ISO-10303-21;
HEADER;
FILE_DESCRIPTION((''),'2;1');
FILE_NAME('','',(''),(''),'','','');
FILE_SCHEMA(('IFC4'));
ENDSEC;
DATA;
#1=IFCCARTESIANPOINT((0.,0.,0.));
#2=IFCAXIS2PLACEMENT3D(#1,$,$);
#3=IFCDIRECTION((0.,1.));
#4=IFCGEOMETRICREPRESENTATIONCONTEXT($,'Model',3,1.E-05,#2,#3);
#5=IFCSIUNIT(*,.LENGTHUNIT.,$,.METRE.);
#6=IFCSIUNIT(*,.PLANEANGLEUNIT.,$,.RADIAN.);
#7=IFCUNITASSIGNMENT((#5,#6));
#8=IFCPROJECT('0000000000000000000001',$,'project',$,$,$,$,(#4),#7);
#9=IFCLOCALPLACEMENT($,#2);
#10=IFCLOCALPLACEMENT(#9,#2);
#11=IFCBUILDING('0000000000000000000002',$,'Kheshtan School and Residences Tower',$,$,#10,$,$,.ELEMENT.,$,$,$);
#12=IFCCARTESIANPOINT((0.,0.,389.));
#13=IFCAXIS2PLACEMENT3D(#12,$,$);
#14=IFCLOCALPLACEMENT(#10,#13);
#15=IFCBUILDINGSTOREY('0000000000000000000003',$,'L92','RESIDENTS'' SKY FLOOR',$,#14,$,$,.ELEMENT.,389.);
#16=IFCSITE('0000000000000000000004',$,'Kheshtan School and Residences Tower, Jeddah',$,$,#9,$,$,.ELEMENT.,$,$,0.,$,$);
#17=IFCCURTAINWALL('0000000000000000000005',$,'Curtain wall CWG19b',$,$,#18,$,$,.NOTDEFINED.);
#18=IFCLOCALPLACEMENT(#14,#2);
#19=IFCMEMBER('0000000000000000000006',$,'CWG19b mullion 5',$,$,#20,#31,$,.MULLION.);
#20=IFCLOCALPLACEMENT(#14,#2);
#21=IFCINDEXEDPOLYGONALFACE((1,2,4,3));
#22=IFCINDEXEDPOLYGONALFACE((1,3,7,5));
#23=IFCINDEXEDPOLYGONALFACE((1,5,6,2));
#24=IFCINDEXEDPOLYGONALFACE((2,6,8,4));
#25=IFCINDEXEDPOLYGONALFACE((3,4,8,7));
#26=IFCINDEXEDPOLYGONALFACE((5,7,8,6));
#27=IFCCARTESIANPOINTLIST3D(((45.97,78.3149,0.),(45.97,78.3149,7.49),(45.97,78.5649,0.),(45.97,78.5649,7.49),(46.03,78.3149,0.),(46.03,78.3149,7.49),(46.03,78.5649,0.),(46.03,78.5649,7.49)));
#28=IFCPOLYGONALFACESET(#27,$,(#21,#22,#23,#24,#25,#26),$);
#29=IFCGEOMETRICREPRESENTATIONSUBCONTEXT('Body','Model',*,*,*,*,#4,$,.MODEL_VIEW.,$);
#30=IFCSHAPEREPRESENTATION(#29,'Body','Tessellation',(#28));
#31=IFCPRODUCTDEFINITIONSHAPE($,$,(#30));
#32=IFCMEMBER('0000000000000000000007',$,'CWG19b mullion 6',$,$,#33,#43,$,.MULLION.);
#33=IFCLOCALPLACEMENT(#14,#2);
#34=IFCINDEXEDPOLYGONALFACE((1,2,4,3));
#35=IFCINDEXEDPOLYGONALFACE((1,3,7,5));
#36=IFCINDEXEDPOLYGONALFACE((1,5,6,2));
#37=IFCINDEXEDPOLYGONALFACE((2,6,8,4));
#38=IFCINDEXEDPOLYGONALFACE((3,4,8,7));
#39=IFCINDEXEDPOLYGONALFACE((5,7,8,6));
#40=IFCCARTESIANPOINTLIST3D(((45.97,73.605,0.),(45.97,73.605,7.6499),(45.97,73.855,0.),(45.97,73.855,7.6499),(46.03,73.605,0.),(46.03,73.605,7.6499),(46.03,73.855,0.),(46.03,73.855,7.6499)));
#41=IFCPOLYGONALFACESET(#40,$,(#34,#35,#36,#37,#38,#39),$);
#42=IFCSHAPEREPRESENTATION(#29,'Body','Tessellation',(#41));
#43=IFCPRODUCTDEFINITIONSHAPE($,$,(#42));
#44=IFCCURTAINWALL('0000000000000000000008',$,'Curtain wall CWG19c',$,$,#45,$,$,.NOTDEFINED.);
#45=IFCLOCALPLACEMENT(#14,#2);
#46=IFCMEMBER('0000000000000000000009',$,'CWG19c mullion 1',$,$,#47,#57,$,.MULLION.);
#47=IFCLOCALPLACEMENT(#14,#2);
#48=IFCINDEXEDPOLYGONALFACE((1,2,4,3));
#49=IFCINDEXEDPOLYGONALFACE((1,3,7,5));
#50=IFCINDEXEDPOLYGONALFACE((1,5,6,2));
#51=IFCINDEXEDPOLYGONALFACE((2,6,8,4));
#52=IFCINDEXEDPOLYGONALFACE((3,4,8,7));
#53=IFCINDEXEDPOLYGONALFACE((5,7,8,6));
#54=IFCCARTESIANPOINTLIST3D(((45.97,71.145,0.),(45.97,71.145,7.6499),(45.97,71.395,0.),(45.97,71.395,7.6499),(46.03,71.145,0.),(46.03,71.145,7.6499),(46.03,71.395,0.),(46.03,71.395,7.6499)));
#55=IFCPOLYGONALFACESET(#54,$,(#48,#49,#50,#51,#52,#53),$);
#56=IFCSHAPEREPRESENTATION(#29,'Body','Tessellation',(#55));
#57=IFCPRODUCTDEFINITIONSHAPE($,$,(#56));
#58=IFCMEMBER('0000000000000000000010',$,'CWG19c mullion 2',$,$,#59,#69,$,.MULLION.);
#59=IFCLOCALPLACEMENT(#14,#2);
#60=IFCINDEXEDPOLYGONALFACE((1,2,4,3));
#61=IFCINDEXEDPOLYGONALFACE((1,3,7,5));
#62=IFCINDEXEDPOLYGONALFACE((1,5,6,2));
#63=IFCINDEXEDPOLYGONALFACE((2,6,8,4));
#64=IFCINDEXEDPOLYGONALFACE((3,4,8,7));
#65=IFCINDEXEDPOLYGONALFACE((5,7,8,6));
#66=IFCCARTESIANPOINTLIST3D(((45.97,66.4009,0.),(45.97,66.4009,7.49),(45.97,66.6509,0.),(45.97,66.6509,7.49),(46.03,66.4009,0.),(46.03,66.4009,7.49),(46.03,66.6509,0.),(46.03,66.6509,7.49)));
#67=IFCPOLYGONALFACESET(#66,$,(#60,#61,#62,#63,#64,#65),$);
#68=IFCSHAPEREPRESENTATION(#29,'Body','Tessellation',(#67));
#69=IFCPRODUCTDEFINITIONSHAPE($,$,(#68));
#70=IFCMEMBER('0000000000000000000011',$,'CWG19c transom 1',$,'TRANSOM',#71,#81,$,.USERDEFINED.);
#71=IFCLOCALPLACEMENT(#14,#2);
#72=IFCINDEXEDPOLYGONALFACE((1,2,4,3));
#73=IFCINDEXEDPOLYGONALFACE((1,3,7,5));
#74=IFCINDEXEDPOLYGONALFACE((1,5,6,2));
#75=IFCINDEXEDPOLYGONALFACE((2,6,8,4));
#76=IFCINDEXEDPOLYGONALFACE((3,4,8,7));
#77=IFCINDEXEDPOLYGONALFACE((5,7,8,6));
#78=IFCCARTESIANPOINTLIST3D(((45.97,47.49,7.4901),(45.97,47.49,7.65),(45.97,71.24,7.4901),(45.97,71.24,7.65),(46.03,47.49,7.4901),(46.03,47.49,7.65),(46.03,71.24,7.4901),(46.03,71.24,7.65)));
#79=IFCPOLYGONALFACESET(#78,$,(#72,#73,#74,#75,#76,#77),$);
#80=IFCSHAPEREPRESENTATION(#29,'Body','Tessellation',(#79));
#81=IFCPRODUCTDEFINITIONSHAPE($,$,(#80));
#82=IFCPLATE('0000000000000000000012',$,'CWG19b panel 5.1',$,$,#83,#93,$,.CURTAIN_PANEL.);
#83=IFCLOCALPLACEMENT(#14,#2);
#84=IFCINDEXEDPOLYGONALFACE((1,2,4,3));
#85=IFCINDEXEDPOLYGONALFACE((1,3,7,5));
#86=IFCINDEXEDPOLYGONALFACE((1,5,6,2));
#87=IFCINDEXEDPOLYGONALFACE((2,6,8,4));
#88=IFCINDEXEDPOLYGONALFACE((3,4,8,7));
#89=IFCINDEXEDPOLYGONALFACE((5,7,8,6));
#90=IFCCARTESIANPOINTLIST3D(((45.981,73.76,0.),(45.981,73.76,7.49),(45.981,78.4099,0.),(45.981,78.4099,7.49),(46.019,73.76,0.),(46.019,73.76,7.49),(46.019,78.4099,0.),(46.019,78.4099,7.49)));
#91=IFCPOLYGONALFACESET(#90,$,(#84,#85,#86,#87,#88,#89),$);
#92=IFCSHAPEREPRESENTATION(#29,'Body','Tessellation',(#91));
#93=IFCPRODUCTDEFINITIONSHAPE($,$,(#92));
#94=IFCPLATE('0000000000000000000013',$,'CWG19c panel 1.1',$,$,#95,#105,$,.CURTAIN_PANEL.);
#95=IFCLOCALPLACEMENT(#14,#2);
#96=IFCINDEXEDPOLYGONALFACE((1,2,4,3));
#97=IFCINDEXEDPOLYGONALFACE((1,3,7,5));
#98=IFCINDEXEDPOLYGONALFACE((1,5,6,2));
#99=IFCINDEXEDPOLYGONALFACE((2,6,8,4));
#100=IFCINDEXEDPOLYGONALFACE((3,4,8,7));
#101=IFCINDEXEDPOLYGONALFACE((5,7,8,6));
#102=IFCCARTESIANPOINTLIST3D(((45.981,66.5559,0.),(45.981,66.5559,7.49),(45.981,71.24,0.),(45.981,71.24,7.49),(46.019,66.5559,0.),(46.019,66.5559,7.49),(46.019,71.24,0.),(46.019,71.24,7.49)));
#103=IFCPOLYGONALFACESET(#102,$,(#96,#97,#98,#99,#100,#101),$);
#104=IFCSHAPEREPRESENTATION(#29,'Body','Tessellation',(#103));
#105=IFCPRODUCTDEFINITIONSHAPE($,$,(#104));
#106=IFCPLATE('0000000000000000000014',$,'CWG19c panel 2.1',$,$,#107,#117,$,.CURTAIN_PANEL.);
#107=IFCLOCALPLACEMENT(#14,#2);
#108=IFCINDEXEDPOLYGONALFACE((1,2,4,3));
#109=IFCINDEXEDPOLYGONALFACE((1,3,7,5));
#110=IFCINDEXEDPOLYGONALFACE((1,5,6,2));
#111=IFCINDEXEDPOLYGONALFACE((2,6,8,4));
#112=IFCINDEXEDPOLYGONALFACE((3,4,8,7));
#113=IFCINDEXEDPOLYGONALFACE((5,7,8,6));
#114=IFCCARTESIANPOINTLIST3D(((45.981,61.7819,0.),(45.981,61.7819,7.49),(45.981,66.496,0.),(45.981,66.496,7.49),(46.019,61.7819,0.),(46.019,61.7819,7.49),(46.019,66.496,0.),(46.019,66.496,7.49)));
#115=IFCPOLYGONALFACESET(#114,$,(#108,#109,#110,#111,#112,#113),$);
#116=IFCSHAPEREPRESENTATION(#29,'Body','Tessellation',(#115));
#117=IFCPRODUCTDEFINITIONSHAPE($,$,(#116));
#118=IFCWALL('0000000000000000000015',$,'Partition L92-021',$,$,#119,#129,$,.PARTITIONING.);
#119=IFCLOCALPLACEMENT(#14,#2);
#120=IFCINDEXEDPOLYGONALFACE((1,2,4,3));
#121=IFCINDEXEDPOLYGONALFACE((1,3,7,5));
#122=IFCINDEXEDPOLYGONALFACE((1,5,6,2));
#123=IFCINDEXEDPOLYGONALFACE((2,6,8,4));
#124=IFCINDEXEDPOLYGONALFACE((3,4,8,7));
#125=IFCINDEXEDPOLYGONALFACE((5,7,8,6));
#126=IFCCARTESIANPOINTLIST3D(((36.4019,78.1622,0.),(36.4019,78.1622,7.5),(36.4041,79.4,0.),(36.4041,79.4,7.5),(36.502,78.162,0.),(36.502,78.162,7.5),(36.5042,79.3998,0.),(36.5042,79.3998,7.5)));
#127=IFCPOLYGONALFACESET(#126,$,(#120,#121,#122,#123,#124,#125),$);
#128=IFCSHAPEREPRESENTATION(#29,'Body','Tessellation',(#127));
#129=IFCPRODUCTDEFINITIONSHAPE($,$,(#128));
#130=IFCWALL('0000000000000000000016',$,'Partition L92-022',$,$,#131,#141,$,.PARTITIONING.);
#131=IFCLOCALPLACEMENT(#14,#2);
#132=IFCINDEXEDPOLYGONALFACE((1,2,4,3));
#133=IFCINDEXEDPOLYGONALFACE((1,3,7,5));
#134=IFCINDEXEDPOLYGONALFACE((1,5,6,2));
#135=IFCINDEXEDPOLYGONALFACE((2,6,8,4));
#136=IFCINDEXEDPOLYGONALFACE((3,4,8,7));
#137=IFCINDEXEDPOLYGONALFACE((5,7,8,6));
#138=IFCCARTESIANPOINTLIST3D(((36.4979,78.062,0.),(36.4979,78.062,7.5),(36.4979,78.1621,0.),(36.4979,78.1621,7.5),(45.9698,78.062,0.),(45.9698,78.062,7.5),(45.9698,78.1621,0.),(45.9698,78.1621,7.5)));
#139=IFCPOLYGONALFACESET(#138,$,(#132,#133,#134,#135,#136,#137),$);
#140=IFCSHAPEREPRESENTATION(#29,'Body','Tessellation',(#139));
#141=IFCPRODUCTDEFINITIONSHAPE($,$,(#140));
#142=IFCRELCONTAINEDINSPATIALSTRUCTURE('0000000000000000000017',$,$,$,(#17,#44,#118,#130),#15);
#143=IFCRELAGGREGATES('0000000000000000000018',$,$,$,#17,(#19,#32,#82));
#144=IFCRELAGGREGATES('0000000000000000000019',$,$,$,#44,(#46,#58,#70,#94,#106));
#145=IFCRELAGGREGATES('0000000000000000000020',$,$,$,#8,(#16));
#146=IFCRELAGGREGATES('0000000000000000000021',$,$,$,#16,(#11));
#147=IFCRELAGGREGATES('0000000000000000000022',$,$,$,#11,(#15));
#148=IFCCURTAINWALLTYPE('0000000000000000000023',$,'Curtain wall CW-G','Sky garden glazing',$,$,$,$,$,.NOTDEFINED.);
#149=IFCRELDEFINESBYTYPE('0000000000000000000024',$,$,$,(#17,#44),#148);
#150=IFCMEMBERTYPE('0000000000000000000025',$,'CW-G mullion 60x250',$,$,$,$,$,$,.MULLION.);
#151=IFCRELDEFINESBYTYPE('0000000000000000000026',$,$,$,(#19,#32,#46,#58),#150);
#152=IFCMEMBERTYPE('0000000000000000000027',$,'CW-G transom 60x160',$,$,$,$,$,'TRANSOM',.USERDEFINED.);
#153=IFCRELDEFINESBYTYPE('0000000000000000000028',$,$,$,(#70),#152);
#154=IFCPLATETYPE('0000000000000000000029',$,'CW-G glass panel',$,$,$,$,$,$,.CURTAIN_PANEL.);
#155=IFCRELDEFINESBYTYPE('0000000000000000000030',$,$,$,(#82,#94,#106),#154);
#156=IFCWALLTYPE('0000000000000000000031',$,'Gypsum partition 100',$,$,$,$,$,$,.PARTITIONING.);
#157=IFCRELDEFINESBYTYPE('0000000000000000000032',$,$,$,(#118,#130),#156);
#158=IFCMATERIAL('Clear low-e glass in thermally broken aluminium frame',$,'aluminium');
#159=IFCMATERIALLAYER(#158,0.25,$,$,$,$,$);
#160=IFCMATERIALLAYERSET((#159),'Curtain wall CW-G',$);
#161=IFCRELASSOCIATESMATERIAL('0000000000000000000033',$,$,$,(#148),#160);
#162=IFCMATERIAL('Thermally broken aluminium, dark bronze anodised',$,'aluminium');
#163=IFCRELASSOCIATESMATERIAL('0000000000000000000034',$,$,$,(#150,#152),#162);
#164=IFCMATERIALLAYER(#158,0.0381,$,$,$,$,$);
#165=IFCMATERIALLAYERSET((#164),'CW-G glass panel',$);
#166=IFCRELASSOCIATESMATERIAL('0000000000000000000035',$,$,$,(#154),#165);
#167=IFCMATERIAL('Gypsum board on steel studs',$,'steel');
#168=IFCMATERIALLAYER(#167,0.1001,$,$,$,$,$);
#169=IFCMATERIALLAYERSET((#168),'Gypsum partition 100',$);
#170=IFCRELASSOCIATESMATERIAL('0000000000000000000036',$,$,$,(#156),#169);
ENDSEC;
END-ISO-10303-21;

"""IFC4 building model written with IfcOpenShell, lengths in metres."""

from ifc_helpers import new_model, si_unit, direction, frame, frame_2d, origin, origin_2d, place, context, subcontext, project, spatial, rectangle, extrude, material, layer, layer_set, material_profile, profile_set, type_object, element, aggregate, save


model = new_model("IFC4")

# Units and contexts
model_context = context("Model", 3, precision=1e-05, world=origin(), true_north=direction((0.0, 1.0)))
body_context = subcontext(model_context, "Body", "Model", "MODEL_VIEW")
ifc_project = project(units=[si_unit("LENGTHUNIT", "METRE"), si_unit("PLANEANGLEUNIT", "RADIAN")], contexts=[model_context])

# Site, building, storey
site_placement = place(None, origin())
site = spatial("IfcSite", under=ifc_project, at=site_placement, Name="Kheshtan School and Residences Tower, Jeddah", CompositionType="ELEMENT", RefElevation=0.0)
building_placement = place(site_placement, origin())
building = spatial("IfcBuilding", under=site, at=building_placement, Name="Kheshtan School and Residences Tower", CompositionType="ELEMENT")
storey_placement = place(building_placement, frame((0.0, 0.0, 389.0)))
storey = spatial("IfcBuildingStorey", under=building, at=storey_placement, Name="L92", Description="RESIDENTS' SKY FLOOR", CompositionType="ELEMENT", Elevation=389.0)

# Curtain walls, members
ifc_material_1 = material(Name="Clear low-e glass in thermally broken aluminium frame", Category="aluminium")
ifc_layer_1 = layer(ifc_material_1, 0.25)
ifc_layer_set_1 = layer_set([ifc_layer_1], Name="Curtain wall CW-G")
curtain_wall_type = type_object("IfcCurtainWallType", Name="Curtain wall CW-G", Description="Sky garden glazing", PredefinedType="NOTDEFINED", material=ifc_layer_set_1)
curtain_wall_1_placement = place(storey_placement, origin())
curtain_wall_1 = element("IfcCurtainWall", 1, at=curtain_wall_1_placement, inside=storey, type_object=curtain_wall_type, Name="Curtain wall CWG19b", PredefinedType="NOTDEFINED")
ifc_material_2 = material(Name="Thermally broken aluminium, dark bronze anodised", Category="aluminium")
ifc_material_profile_1 = material_profile(ifc_material_2, rectangle(XDim=0.0601, YDim=0.25, at=origin_2d()), Name="CW-G mullion 60x250")
ifc_profile_set_1 = profile_set([ifc_material_profile_1], Name="Thermally broken aluminium, dark bronze anodised")
member_type_1 = type_object("IfcMemberType", Name="CW-G mullion 60x250", PredefinedType="MULLION", material=ifc_profile_set_1)
member_1_placement = place(storey_placement, frame((46.0, 78.4399, 0.0), z_axis=(0.0, 0.0, 1.0), x_axis=(1.0, 0.0, 0.0)))
member_1 = element("IfcMember", 2, at=member_1_placement, type_object=member_type_1, Name="CWG19b mullion 5", PredefinedType="MULLION", context=body_context, shape_type="SweptSolid", body=[
    extrude(rectangle(XDim=0.0601, YDim=0.25, at=origin_2d()), origin(), (0.0, 0.0, 1.0), 7.49),
])
member_2_placement = place(storey_placement, frame((46.0, 73.73, 0.0), z_axis=(0.0, 0.0, 1.0), x_axis=(1.0, 0.0, 0.0)))
member_2 = element("IfcMember", 3, at=member_2_placement, type_object=member_type_1, Name="CWG19b mullion 6", PredefinedType="MULLION", context=body_context, shape_type="SweptSolid", body=[
    extrude(rectangle(XDim=0.0601, YDim=0.25, at=origin_2d()), origin(), (0.0, 0.0, 1.0), 7.6499),
])
curtain_wall_2_placement = place(storey_placement, origin())
curtain_wall_2 = element("IfcCurtainWall", 4, at=curtain_wall_2_placement, inside=storey, type_object=curtain_wall_type, Name="Curtain wall CWG19c", PredefinedType="NOTDEFINED")
member_3_placement = place(storey_placement, frame((46.0, 71.27, 0.0), z_axis=(0.0, 0.0, 1.0), x_axis=(1.0, 0.0, 0.0)))
member_3 = element("IfcMember", 5, at=member_3_placement, type_object=member_type_1, Name="CWG19c mullion 1", PredefinedType="MULLION", context=body_context, shape_type="SweptSolid", body=[
    extrude(rectangle(XDim=0.0601, YDim=0.25, at=origin_2d()), origin(), (0.0, 0.0, 1.0), 7.6499),
])
member_4_placement = place(storey_placement, frame((46.0, 66.5259, 0.0), z_axis=(0.0, 0.0, 1.0), x_axis=(1.0, 0.0, 0.0)))
member_4 = element("IfcMember", 6, at=member_4_placement, type_object=member_type_1, Name="CWG19c mullion 2", PredefinedType="MULLION", context=body_context, shape_type="SweptSolid", body=[
    extrude(rectangle(XDim=0.0601, YDim=0.25, at=origin_2d()), origin(), (0.0, 0.0, 1.0), 7.49),
])
ifc_material_profile_2 = material_profile(ifc_material_2, rectangle(XDim=0.0601, YDim=0.1599, at=origin_2d()), Name="CW-G transom 60x160")
ifc_profile_set_2 = profile_set([ifc_material_profile_2], Name="Thermally broken aluminium, dark bronze anodised")
member_type_2 = type_object("IfcMemberType", Name="CW-G transom 60x160", ElementType="TRANSOM", PredefinedType="USERDEFINED", material=ifc_profile_set_2)
member_5_placement = place(storey_placement, frame((46.0, 71.24, 7.5701), z_axis=(0.0, -1.0, 0.0), x_axis=(1.0, 0.0, 0.0)))
member_5 = element("IfcMember", 7, at=member_5_placement, type_object=member_type_2, Name="CWG19c transom 1", ObjectType="TRANSOM", PredefinedType="USERDEFINED", context=body_context, shape_type="SweptSolid", body=[
    extrude(rectangle(XDim=0.0601, YDim=0.1599, at=origin_2d()), origin(), (0.0, 0.0, 1.0), 23.75),
])

# Plates
ifc_layer_2 = layer(ifc_material_1, 0.0381)
ifc_layer_set_2 = layer_set([ifc_layer_2], Name="CW-G glass panel")
plate_type = type_object("IfcPlateType", Name="CW-G glass panel", PredefinedType="CURTAIN_PANEL", material=ifc_layer_set_2)
plate_1_placement = place(storey_placement, frame((46.0, 76.085, 0.0), z_axis=(0.0, 0.0, 1.0), x_axis=(0.0, -1.0, 0.0)))
plate_1 = element("IfcPlate", 8, at=plate_1_placement, type_object=plate_type, Name="CWG19b panel 5.1", PredefinedType="CURTAIN_PANEL", context=body_context, shape_type="SweptSolid", body=[
    extrude(rectangle(XDim=4.6499, YDim=0.0381, at=origin_2d()), origin(), (0.0, 0.0, 1.0), 7.49),
])
aggregate(curtain_wall_1, [member_1, member_2, plate_1])
plate_2_placement = place(storey_placement, frame((46.0, 68.8979, 0.0), z_axis=(0.0, 0.0, 1.0), x_axis=(0.0, -1.0, 0.0)))
plate_2 = element("IfcPlate", 9, at=plate_2_placement, type_object=plate_type, Name="CWG19c panel 1.1", PredefinedType="CURTAIN_PANEL", context=body_context, shape_type="SweptSolid", body=[
    extrude(rectangle(XDim=4.6841, YDim=0.0381, at=origin_2d()), origin(), (0.0, 0.0, 1.0), 7.49),
])
plate_3_placement = place(storey_placement, frame((46.0, 64.1389, 0.0), z_axis=(0.0, 0.0, 1.0), x_axis=(0.0, -1.0, 0.0)))
plate_3 = element("IfcPlate", 10, at=plate_3_placement, type_object=plate_type, Name="CWG19c panel 2.1", PredefinedType="CURTAIN_PANEL", context=body_context, shape_type="SweptSolid", body=[
    extrude(rectangle(XDim=4.7141, YDim=0.0381, at=origin_2d()), origin(), (0.0, 0.0, 1.0), 7.49),
])
aggregate(curtain_wall_2, [member_3, member_4, member_5, plate_2, plate_3])

# Walls
ifc_material_3 = material(Name="Gypsum board on steel studs", Category="steel")
ifc_layer_3 = layer(ifc_material_3, 0.1001)
ifc_layer_set_3 = layer_set([ifc_layer_3], Name="Gypsum partition 100")
wall_type_1 = type_object("IfcWallType", Name="Gypsum partition 100", PredefinedType="PARTITIONING", material=ifc_layer_set_3)
wall_1_placement = place(storey_placement, frame((36.4519, 78.1621, 0.0), z_axis=(0.0, 0.0, 1.0), x_axis=(0.001775, 0.999998, 0.0)))
element("IfcWall", 11, at=wall_1_placement, inside=storey, type_object=wall_type_1, Name="Partition L92-021", PredefinedType="PARTITIONING", context=body_context, shape_type="SweptSolid", body=[
    extrude(rectangle(XDim=1.2378, YDim=0.1001, at=frame_2d((0.6189, 0.0))), origin(), (0.0, 0.0, 1.0), 7.5),
])
wall_2_placement = place(storey_placement, frame((36.498, 78.1121, 0.0), z_axis=(0.0, 0.0, 1.0), x_axis=(1.0, 0.0, 0.0)))
element("IfcWall", 12, at=wall_2_placement, inside=storey, type_object=wall_type_1, Name="Partition L92-022", PredefinedType="PARTITIONING", context=body_context, shape_type="SweptSolid", body=[
    extrude(rectangle(XDim=9.4719, YDim=0.1001, at=frame_2d((4.7358, 0.0))), origin(), (0.0, 0.0, 1.0), 7.5),
])

save(model, "model.ifc")
